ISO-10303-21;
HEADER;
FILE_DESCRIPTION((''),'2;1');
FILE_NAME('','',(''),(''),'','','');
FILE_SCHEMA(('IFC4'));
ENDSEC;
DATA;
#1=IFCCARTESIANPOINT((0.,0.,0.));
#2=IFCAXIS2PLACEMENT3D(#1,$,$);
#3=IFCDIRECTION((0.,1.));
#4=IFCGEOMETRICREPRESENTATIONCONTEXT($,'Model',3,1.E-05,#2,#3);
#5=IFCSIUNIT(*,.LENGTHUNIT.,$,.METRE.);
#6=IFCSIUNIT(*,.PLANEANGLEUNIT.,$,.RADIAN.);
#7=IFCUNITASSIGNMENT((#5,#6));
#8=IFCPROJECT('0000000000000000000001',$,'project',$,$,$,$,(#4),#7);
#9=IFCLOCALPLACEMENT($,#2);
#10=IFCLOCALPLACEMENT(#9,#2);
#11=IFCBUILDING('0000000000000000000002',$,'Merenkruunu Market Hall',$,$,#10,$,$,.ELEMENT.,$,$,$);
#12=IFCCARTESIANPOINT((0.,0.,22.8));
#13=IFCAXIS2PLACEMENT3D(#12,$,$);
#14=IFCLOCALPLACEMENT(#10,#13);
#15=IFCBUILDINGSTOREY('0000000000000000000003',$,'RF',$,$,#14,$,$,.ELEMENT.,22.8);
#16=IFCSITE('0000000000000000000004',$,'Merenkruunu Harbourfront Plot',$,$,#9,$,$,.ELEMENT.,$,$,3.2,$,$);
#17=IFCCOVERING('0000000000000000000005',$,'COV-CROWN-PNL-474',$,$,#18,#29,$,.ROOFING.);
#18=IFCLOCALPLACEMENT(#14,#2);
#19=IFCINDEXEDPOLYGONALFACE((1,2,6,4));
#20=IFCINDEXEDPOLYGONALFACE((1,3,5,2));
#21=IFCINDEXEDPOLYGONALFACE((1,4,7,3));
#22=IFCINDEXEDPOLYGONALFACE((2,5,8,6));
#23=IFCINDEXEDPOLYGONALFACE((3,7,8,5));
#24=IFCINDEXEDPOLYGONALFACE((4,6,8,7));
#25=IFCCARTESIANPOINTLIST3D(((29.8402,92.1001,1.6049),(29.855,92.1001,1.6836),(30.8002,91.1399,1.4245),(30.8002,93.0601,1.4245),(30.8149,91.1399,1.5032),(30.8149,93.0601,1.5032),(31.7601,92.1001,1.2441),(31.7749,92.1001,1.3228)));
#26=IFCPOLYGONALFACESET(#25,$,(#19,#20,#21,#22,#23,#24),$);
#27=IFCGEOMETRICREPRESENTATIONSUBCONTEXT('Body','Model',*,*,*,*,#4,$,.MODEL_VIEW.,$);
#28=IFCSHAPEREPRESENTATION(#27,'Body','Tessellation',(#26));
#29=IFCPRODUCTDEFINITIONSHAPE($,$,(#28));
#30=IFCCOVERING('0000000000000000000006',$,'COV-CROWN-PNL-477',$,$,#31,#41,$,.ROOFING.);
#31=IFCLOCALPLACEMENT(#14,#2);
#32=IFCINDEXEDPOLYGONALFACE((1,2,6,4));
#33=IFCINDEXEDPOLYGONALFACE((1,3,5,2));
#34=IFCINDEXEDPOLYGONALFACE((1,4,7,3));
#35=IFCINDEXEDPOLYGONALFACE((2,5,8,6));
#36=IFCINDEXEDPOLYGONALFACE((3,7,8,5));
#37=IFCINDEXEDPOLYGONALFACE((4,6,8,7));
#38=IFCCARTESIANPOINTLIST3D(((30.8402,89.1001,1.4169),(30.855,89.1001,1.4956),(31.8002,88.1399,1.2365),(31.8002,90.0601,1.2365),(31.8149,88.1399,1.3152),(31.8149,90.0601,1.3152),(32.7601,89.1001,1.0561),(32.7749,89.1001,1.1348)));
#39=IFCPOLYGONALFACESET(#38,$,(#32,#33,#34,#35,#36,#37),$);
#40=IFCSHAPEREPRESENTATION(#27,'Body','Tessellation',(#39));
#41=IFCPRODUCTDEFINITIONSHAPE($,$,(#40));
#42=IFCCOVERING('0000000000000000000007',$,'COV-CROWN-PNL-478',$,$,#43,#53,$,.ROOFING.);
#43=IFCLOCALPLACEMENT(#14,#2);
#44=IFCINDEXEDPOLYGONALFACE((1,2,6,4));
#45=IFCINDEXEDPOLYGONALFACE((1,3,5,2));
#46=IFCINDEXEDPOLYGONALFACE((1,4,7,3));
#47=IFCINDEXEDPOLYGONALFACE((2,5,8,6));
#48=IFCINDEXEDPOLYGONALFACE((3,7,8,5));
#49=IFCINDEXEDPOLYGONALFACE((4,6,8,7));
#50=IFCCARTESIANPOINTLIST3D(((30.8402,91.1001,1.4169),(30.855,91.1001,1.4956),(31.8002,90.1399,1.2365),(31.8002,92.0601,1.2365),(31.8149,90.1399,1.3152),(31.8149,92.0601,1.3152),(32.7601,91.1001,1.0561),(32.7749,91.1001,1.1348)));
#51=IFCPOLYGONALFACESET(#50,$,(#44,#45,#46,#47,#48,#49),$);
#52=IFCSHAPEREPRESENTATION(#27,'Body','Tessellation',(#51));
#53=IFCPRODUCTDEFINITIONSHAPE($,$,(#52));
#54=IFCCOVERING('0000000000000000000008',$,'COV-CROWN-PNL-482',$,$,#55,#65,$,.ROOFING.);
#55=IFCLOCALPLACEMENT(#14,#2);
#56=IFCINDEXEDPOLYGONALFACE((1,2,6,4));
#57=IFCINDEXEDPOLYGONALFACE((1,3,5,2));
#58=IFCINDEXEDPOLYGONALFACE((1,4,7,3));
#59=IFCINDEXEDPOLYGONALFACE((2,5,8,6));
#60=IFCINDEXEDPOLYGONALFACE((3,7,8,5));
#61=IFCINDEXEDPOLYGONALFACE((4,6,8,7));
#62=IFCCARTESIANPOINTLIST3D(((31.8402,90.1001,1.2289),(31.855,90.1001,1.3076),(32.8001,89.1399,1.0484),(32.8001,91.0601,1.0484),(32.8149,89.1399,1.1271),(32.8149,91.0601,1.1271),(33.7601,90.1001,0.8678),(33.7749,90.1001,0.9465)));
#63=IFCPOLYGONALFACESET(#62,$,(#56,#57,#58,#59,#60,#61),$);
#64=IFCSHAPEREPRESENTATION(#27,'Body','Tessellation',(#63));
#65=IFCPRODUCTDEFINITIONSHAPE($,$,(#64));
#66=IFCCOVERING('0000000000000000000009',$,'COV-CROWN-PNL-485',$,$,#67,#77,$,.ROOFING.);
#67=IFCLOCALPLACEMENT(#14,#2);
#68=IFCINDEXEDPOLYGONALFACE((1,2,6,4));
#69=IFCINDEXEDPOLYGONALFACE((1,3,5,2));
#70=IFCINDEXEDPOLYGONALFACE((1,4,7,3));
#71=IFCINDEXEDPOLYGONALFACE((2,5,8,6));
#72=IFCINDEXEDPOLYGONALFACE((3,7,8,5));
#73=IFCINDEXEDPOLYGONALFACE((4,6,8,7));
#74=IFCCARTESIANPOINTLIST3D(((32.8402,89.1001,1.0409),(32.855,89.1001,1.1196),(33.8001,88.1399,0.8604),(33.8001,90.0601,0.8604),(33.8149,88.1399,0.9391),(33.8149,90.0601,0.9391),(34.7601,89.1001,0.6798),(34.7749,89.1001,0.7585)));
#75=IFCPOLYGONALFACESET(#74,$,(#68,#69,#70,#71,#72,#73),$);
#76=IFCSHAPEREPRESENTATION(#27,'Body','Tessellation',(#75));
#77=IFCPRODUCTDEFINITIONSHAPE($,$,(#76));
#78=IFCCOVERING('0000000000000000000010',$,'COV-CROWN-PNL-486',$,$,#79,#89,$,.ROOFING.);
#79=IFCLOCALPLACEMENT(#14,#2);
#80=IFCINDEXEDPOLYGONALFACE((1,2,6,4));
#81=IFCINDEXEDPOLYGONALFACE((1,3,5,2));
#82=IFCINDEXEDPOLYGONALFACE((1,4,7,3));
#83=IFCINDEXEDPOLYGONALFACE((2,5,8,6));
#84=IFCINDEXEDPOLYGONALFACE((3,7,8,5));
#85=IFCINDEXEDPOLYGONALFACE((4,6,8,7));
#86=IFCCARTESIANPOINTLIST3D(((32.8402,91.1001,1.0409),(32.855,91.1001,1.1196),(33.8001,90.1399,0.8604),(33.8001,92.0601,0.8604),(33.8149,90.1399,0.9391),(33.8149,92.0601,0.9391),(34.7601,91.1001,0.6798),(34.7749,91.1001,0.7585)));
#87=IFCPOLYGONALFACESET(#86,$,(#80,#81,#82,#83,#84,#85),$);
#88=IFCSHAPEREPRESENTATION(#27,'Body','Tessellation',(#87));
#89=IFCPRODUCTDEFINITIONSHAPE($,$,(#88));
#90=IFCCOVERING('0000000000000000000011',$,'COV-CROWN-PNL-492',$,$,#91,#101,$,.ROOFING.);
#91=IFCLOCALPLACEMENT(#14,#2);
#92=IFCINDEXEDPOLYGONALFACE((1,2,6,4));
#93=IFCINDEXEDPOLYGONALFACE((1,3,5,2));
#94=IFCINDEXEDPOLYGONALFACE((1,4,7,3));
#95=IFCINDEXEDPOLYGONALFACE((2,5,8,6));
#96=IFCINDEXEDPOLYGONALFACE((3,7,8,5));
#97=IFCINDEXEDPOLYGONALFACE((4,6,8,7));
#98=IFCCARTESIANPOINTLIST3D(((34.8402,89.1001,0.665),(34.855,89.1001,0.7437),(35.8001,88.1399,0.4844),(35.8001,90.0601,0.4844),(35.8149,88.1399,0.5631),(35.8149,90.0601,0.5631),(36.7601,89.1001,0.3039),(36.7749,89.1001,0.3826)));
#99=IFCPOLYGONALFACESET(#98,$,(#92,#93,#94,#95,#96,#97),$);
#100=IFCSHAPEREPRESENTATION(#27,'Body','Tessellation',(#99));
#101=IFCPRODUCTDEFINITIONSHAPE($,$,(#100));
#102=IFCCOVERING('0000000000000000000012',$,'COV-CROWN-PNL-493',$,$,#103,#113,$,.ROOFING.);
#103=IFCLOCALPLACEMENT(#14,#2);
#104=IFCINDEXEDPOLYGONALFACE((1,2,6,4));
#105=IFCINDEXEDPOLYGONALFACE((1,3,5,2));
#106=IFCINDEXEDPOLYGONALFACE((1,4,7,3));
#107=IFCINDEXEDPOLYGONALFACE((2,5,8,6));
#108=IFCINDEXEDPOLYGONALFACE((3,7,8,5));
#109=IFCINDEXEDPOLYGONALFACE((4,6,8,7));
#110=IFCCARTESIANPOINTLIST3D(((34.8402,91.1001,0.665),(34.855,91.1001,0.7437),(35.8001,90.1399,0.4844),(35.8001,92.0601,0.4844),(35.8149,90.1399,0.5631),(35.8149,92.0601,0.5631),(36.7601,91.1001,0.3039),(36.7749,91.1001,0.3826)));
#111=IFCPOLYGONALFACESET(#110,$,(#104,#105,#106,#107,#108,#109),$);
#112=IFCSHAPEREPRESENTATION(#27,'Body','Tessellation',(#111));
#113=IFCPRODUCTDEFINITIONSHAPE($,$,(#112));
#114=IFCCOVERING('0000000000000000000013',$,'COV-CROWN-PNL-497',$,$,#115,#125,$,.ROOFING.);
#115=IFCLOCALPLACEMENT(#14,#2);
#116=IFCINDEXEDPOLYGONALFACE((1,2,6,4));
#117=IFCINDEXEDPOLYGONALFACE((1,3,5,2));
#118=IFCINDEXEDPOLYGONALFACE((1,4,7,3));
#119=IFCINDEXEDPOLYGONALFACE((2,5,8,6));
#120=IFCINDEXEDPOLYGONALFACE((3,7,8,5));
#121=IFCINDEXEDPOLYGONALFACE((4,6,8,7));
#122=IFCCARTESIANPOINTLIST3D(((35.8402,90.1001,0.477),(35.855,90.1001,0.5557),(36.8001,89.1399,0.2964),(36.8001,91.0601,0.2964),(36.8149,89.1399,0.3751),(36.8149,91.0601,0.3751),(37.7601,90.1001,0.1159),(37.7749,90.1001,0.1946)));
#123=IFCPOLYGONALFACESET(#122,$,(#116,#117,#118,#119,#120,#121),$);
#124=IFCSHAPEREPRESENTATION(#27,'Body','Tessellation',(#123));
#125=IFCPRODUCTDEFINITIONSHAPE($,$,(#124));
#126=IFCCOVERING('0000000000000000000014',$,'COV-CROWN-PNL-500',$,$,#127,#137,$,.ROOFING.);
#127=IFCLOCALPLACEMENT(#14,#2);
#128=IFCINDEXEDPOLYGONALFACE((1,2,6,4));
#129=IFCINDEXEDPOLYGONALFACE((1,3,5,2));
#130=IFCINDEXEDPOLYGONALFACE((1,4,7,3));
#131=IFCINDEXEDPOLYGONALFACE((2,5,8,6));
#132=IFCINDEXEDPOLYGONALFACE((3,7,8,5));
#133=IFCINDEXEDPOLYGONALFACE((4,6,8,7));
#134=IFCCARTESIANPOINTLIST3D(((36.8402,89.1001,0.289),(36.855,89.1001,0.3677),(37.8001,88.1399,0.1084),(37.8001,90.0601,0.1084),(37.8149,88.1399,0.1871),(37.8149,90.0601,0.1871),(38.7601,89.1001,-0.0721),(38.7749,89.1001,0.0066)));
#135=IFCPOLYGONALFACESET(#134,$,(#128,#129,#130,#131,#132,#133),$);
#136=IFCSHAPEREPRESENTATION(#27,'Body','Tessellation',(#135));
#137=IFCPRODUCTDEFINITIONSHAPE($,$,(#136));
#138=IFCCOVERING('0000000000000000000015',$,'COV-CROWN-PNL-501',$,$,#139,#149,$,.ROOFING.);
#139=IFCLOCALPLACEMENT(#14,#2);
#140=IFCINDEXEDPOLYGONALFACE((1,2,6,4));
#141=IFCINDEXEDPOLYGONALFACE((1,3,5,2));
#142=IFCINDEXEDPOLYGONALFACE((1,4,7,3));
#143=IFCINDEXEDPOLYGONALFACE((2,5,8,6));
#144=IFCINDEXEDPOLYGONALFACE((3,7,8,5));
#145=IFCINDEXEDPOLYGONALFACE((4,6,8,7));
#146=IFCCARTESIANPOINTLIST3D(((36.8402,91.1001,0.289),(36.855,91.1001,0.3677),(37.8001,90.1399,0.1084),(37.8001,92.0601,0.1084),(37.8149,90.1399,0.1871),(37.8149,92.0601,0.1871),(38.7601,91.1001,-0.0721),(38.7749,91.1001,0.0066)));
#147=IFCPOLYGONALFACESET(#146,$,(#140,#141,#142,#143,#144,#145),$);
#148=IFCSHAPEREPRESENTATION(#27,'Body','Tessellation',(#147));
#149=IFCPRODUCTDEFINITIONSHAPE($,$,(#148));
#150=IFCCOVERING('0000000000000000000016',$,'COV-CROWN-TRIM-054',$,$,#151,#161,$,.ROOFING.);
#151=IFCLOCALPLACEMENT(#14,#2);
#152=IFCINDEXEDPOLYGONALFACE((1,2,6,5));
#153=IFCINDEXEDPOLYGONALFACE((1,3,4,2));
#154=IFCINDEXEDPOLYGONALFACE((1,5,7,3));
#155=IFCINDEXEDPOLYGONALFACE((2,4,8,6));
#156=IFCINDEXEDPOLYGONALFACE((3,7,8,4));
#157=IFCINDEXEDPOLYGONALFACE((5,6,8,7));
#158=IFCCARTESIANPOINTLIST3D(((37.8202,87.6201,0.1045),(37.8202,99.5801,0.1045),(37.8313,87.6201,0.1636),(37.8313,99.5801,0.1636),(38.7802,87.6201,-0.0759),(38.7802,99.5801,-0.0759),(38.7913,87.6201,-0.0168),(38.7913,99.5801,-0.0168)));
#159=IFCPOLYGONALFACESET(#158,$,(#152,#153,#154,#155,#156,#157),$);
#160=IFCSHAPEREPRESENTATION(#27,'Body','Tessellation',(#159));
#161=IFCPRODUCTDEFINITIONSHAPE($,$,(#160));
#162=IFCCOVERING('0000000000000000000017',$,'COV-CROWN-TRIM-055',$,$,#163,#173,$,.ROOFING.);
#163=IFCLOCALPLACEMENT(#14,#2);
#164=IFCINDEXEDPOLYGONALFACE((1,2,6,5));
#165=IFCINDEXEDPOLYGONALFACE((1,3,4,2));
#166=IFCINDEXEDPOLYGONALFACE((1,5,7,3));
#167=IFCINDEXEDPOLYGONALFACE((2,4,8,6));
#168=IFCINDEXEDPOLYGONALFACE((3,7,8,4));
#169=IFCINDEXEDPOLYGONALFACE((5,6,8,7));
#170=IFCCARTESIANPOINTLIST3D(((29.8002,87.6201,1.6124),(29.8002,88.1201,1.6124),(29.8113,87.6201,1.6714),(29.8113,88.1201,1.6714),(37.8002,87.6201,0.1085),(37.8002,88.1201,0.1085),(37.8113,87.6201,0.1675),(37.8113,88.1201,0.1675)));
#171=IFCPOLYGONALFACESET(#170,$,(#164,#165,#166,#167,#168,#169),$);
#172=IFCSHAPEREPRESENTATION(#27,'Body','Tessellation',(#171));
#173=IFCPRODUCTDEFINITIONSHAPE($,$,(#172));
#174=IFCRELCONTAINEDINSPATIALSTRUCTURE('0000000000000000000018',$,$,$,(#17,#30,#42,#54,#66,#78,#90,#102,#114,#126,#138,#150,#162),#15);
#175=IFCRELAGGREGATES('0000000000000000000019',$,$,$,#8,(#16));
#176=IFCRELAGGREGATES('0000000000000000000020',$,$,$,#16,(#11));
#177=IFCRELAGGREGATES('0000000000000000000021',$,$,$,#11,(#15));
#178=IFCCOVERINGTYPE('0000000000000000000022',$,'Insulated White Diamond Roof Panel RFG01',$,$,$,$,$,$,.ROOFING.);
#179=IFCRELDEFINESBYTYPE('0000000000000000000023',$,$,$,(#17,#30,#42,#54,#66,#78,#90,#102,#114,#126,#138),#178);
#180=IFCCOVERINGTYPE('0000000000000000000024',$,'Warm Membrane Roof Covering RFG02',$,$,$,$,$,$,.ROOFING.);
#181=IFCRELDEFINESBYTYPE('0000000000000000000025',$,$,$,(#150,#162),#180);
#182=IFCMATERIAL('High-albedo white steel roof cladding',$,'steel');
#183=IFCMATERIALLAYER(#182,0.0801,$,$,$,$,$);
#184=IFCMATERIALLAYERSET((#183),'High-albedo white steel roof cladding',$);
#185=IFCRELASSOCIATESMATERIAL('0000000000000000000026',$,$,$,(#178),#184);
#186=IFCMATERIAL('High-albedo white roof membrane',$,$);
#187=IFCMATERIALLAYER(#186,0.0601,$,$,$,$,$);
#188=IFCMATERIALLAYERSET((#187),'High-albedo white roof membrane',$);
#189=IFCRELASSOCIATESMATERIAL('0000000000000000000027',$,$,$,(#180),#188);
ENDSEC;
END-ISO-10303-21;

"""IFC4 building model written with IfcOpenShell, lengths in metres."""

from ifc_helpers import new_model, si_unit, direction, frame, origin, place, context, subcontext, project, spatial, polyline, outline, extrude, material, layer, layer_set, type_object, element, save


model = new_model("IFC4")

# Units and contexts
model_context = context("Model", 3, precision=1e-05, world=origin(), true_north=direction((0.0, 1.0)))
body_context = subcontext(model_context, "Body", "Model", "MODEL_VIEW")
ifc_project = project(units=[si_unit("LENGTHUNIT", "METRE"), si_unit("PLANEANGLEUNIT", "RADIAN")], contexts=[model_context])

# Site, building, storey
site_placement = place(None, origin())
site = spatial("IfcSite", under=ifc_project, at=site_placement, Name="Merenkruunu Harbourfront Plot", CompositionType="ELEMENT", RefElevation=3.2)
building_placement = place(site_placement, origin())
building = spatial("IfcBuilding", under=site, at=building_placement, Name="Merenkruunu Market Hall", CompositionType="ELEMENT")
storey_placement = place(building_placement, frame((0.0, 0.0, 22.8)))
storey = spatial("IfcBuildingStorey", under=building, at=storey_placement, Name="RF", CompositionType="ELEMENT", Elevation=22.8)

# Coverings
ifc_material_1 = material(Name="High-albedo white steel roof cladding", Category="steel")
ifc_layer_1 = layer(ifc_material_1, 0.0801)
ifc_layer_set_1 = layer_set([ifc_layer_1], Name="High-albedo white steel roof cladding")
covering_type_1 = type_object("IfcCoveringType", Name="Insulated White Diamond Roof Panel RFG01", PredefinedType="ROOFING", material=ifc_layer_set_1)
for number, where, z_axis, x_axis, name in (
    (1, (29.855, 92.1001, 1.6836), (0.184711, 0.0, 0.982793), (0.700856, -0.701035, -0.131722), "COV-CROWN-PNL-474"),
    (2, (30.855, 89.1001, 1.4956), (0.184711, 0.0, 0.982793), (0.700856, -0.701035, -0.131722), "COV-CROWN-PNL-477"),
    (3, (30.855, 91.1001, 1.4956), (0.184711, 0.0, 0.982793), (0.700856, -0.701035, -0.131722), "COV-CROWN-PNL-478"),
):
    element("IfcCovering", number, at=place(storey_placement, frame(where, z_axis=z_axis, x_axis=x_axis)), inside=storey, type_object=covering_type_1, Name=name, PredefinedType="ROOFING", context=body_context, shape_type="SweptSolid", body=[
        extrude(outline(polyline([(0.0, 0.0), (1.3697, 0.0), (1.3931, 1.3695), (0.0236, 1.3693), (0.0, 0.0)])), origin(), (0.0, 0.0, -1.0), 0.0801),
    ])
for number, where, z_axis, x_axis, name in (
    (4, (31.855, 90.1001, 1.3076), (0.184832, 0.0, 0.98277), (0.70084, -0.701035, -0.131809), "COV-CROWN-PNL-482"),
    (5, (32.855, 89.1001, 1.1196), (0.184832, 0.0, 0.98277), (0.70084, -0.701035, -0.131809), "COV-CROWN-PNL-485"),
    (6, (32.855, 91.1001, 1.1196), (0.184832, 0.0, 0.98277), (0.70084, -0.701035, -0.131809), "COV-CROWN-PNL-486"),
    (7, (34.855, 89.1001, 0.7437), (0.184832, 0.0, 0.98277), (0.70084, -0.701035, -0.131809), "COV-CROWN-PNL-492"),
    (8, (34.855, 91.1001, 0.7437), (0.184832, 0.0, 0.98277), (0.70084, -0.701035, -0.131809), "COV-CROWN-PNL-493"),
    (9, (35.855, 90.1001, 0.5557), (0.184832, 0.0, 0.98277), (0.70084, -0.701035, -0.131809), "COV-CROWN-PNL-497"),
    (10, (36.855, 89.1001, 0.3677), (0.184832, 0.0, 0.98277), (0.70084, -0.701035, -0.131809), "COV-CROWN-PNL-500"),
    (11, (36.855, 91.1001, 0.3677), (0.184832, 0.0, 0.98277), (0.70084, -0.701035, -0.131809), "COV-CROWN-PNL-501"),
):
    element("IfcCovering", number, at=place(storey_placement, frame(where, z_axis=z_axis, x_axis=x_axis)), inside=storey, type_object=covering_type_1, Name=name, PredefinedType="ROOFING", context=body_context, shape_type="SweptSolid", body=[
        extrude(outline(polyline([(0.0, 0.0), (1.3697, 0.0), (1.3932, 1.3695), (0.0236, 1.3693), (0.0, 0.0)])), origin(), (0.0, 0.0, -1.0), 0.0801),
    ])
ifc_material_2 = material(Name="High-albedo white roof membrane")
ifc_layer_2 = layer(ifc_material_2, 0.0601)
ifc_layer_set_2 = layer_set([ifc_layer_2], Name="High-albedo white roof membrane")
covering_type_2 = type_object("IfcCoveringType", Name="Warm Membrane Roof Covering RFG02", PredefinedType="ROOFING", material=ifc_layer_set_2)
covering_1_placement = place(storey_placement, frame((37.8313, 87.6201, 0.1636), z_axis=(0.184711, 0.0, 0.982793), x_axis=(0.982793, 0.0, -0.184711)))
element("IfcCovering", 12, at=covering_1_placement, inside=storey, type_object=covering_type_2, Name="COV-CROWN-TRIM-054", PredefinedType="ROOFING", context=body_context, shape_type="SweptSolid", body=[
    extrude(outline(polyline([(0.0, 0.0), (0.9768, 0.0), (0.9768, 11.96), (0.0, 11.96), (0.0, 0.0)])), origin(), (0.0, 0.0, -1.0), 0.0601),
])
covering_2_placement = place(storey_placement, frame((29.8113, 87.6201, 1.6714), z_axis=(0.184752, 0.0, 0.982785), x_axis=(0.982785, 0.0, -0.184752)))
element("IfcCovering", 13, at=covering_2_placement, inside=storey, type_object=covering_type_2, Name="COV-CROWN-TRIM-055", PredefinedType="ROOFING", context=body_context, shape_type="SweptSolid", body=[
    extrude(outline(polyline([(0.0, 0.0), (8.1401, 0.0), (8.1401, 0.5), (0.0, 0.5), (0.0, 0.0)])), origin(), (0.0, 0.0, -1.0), 0.0601),
])

save(model, "model.ifc")
